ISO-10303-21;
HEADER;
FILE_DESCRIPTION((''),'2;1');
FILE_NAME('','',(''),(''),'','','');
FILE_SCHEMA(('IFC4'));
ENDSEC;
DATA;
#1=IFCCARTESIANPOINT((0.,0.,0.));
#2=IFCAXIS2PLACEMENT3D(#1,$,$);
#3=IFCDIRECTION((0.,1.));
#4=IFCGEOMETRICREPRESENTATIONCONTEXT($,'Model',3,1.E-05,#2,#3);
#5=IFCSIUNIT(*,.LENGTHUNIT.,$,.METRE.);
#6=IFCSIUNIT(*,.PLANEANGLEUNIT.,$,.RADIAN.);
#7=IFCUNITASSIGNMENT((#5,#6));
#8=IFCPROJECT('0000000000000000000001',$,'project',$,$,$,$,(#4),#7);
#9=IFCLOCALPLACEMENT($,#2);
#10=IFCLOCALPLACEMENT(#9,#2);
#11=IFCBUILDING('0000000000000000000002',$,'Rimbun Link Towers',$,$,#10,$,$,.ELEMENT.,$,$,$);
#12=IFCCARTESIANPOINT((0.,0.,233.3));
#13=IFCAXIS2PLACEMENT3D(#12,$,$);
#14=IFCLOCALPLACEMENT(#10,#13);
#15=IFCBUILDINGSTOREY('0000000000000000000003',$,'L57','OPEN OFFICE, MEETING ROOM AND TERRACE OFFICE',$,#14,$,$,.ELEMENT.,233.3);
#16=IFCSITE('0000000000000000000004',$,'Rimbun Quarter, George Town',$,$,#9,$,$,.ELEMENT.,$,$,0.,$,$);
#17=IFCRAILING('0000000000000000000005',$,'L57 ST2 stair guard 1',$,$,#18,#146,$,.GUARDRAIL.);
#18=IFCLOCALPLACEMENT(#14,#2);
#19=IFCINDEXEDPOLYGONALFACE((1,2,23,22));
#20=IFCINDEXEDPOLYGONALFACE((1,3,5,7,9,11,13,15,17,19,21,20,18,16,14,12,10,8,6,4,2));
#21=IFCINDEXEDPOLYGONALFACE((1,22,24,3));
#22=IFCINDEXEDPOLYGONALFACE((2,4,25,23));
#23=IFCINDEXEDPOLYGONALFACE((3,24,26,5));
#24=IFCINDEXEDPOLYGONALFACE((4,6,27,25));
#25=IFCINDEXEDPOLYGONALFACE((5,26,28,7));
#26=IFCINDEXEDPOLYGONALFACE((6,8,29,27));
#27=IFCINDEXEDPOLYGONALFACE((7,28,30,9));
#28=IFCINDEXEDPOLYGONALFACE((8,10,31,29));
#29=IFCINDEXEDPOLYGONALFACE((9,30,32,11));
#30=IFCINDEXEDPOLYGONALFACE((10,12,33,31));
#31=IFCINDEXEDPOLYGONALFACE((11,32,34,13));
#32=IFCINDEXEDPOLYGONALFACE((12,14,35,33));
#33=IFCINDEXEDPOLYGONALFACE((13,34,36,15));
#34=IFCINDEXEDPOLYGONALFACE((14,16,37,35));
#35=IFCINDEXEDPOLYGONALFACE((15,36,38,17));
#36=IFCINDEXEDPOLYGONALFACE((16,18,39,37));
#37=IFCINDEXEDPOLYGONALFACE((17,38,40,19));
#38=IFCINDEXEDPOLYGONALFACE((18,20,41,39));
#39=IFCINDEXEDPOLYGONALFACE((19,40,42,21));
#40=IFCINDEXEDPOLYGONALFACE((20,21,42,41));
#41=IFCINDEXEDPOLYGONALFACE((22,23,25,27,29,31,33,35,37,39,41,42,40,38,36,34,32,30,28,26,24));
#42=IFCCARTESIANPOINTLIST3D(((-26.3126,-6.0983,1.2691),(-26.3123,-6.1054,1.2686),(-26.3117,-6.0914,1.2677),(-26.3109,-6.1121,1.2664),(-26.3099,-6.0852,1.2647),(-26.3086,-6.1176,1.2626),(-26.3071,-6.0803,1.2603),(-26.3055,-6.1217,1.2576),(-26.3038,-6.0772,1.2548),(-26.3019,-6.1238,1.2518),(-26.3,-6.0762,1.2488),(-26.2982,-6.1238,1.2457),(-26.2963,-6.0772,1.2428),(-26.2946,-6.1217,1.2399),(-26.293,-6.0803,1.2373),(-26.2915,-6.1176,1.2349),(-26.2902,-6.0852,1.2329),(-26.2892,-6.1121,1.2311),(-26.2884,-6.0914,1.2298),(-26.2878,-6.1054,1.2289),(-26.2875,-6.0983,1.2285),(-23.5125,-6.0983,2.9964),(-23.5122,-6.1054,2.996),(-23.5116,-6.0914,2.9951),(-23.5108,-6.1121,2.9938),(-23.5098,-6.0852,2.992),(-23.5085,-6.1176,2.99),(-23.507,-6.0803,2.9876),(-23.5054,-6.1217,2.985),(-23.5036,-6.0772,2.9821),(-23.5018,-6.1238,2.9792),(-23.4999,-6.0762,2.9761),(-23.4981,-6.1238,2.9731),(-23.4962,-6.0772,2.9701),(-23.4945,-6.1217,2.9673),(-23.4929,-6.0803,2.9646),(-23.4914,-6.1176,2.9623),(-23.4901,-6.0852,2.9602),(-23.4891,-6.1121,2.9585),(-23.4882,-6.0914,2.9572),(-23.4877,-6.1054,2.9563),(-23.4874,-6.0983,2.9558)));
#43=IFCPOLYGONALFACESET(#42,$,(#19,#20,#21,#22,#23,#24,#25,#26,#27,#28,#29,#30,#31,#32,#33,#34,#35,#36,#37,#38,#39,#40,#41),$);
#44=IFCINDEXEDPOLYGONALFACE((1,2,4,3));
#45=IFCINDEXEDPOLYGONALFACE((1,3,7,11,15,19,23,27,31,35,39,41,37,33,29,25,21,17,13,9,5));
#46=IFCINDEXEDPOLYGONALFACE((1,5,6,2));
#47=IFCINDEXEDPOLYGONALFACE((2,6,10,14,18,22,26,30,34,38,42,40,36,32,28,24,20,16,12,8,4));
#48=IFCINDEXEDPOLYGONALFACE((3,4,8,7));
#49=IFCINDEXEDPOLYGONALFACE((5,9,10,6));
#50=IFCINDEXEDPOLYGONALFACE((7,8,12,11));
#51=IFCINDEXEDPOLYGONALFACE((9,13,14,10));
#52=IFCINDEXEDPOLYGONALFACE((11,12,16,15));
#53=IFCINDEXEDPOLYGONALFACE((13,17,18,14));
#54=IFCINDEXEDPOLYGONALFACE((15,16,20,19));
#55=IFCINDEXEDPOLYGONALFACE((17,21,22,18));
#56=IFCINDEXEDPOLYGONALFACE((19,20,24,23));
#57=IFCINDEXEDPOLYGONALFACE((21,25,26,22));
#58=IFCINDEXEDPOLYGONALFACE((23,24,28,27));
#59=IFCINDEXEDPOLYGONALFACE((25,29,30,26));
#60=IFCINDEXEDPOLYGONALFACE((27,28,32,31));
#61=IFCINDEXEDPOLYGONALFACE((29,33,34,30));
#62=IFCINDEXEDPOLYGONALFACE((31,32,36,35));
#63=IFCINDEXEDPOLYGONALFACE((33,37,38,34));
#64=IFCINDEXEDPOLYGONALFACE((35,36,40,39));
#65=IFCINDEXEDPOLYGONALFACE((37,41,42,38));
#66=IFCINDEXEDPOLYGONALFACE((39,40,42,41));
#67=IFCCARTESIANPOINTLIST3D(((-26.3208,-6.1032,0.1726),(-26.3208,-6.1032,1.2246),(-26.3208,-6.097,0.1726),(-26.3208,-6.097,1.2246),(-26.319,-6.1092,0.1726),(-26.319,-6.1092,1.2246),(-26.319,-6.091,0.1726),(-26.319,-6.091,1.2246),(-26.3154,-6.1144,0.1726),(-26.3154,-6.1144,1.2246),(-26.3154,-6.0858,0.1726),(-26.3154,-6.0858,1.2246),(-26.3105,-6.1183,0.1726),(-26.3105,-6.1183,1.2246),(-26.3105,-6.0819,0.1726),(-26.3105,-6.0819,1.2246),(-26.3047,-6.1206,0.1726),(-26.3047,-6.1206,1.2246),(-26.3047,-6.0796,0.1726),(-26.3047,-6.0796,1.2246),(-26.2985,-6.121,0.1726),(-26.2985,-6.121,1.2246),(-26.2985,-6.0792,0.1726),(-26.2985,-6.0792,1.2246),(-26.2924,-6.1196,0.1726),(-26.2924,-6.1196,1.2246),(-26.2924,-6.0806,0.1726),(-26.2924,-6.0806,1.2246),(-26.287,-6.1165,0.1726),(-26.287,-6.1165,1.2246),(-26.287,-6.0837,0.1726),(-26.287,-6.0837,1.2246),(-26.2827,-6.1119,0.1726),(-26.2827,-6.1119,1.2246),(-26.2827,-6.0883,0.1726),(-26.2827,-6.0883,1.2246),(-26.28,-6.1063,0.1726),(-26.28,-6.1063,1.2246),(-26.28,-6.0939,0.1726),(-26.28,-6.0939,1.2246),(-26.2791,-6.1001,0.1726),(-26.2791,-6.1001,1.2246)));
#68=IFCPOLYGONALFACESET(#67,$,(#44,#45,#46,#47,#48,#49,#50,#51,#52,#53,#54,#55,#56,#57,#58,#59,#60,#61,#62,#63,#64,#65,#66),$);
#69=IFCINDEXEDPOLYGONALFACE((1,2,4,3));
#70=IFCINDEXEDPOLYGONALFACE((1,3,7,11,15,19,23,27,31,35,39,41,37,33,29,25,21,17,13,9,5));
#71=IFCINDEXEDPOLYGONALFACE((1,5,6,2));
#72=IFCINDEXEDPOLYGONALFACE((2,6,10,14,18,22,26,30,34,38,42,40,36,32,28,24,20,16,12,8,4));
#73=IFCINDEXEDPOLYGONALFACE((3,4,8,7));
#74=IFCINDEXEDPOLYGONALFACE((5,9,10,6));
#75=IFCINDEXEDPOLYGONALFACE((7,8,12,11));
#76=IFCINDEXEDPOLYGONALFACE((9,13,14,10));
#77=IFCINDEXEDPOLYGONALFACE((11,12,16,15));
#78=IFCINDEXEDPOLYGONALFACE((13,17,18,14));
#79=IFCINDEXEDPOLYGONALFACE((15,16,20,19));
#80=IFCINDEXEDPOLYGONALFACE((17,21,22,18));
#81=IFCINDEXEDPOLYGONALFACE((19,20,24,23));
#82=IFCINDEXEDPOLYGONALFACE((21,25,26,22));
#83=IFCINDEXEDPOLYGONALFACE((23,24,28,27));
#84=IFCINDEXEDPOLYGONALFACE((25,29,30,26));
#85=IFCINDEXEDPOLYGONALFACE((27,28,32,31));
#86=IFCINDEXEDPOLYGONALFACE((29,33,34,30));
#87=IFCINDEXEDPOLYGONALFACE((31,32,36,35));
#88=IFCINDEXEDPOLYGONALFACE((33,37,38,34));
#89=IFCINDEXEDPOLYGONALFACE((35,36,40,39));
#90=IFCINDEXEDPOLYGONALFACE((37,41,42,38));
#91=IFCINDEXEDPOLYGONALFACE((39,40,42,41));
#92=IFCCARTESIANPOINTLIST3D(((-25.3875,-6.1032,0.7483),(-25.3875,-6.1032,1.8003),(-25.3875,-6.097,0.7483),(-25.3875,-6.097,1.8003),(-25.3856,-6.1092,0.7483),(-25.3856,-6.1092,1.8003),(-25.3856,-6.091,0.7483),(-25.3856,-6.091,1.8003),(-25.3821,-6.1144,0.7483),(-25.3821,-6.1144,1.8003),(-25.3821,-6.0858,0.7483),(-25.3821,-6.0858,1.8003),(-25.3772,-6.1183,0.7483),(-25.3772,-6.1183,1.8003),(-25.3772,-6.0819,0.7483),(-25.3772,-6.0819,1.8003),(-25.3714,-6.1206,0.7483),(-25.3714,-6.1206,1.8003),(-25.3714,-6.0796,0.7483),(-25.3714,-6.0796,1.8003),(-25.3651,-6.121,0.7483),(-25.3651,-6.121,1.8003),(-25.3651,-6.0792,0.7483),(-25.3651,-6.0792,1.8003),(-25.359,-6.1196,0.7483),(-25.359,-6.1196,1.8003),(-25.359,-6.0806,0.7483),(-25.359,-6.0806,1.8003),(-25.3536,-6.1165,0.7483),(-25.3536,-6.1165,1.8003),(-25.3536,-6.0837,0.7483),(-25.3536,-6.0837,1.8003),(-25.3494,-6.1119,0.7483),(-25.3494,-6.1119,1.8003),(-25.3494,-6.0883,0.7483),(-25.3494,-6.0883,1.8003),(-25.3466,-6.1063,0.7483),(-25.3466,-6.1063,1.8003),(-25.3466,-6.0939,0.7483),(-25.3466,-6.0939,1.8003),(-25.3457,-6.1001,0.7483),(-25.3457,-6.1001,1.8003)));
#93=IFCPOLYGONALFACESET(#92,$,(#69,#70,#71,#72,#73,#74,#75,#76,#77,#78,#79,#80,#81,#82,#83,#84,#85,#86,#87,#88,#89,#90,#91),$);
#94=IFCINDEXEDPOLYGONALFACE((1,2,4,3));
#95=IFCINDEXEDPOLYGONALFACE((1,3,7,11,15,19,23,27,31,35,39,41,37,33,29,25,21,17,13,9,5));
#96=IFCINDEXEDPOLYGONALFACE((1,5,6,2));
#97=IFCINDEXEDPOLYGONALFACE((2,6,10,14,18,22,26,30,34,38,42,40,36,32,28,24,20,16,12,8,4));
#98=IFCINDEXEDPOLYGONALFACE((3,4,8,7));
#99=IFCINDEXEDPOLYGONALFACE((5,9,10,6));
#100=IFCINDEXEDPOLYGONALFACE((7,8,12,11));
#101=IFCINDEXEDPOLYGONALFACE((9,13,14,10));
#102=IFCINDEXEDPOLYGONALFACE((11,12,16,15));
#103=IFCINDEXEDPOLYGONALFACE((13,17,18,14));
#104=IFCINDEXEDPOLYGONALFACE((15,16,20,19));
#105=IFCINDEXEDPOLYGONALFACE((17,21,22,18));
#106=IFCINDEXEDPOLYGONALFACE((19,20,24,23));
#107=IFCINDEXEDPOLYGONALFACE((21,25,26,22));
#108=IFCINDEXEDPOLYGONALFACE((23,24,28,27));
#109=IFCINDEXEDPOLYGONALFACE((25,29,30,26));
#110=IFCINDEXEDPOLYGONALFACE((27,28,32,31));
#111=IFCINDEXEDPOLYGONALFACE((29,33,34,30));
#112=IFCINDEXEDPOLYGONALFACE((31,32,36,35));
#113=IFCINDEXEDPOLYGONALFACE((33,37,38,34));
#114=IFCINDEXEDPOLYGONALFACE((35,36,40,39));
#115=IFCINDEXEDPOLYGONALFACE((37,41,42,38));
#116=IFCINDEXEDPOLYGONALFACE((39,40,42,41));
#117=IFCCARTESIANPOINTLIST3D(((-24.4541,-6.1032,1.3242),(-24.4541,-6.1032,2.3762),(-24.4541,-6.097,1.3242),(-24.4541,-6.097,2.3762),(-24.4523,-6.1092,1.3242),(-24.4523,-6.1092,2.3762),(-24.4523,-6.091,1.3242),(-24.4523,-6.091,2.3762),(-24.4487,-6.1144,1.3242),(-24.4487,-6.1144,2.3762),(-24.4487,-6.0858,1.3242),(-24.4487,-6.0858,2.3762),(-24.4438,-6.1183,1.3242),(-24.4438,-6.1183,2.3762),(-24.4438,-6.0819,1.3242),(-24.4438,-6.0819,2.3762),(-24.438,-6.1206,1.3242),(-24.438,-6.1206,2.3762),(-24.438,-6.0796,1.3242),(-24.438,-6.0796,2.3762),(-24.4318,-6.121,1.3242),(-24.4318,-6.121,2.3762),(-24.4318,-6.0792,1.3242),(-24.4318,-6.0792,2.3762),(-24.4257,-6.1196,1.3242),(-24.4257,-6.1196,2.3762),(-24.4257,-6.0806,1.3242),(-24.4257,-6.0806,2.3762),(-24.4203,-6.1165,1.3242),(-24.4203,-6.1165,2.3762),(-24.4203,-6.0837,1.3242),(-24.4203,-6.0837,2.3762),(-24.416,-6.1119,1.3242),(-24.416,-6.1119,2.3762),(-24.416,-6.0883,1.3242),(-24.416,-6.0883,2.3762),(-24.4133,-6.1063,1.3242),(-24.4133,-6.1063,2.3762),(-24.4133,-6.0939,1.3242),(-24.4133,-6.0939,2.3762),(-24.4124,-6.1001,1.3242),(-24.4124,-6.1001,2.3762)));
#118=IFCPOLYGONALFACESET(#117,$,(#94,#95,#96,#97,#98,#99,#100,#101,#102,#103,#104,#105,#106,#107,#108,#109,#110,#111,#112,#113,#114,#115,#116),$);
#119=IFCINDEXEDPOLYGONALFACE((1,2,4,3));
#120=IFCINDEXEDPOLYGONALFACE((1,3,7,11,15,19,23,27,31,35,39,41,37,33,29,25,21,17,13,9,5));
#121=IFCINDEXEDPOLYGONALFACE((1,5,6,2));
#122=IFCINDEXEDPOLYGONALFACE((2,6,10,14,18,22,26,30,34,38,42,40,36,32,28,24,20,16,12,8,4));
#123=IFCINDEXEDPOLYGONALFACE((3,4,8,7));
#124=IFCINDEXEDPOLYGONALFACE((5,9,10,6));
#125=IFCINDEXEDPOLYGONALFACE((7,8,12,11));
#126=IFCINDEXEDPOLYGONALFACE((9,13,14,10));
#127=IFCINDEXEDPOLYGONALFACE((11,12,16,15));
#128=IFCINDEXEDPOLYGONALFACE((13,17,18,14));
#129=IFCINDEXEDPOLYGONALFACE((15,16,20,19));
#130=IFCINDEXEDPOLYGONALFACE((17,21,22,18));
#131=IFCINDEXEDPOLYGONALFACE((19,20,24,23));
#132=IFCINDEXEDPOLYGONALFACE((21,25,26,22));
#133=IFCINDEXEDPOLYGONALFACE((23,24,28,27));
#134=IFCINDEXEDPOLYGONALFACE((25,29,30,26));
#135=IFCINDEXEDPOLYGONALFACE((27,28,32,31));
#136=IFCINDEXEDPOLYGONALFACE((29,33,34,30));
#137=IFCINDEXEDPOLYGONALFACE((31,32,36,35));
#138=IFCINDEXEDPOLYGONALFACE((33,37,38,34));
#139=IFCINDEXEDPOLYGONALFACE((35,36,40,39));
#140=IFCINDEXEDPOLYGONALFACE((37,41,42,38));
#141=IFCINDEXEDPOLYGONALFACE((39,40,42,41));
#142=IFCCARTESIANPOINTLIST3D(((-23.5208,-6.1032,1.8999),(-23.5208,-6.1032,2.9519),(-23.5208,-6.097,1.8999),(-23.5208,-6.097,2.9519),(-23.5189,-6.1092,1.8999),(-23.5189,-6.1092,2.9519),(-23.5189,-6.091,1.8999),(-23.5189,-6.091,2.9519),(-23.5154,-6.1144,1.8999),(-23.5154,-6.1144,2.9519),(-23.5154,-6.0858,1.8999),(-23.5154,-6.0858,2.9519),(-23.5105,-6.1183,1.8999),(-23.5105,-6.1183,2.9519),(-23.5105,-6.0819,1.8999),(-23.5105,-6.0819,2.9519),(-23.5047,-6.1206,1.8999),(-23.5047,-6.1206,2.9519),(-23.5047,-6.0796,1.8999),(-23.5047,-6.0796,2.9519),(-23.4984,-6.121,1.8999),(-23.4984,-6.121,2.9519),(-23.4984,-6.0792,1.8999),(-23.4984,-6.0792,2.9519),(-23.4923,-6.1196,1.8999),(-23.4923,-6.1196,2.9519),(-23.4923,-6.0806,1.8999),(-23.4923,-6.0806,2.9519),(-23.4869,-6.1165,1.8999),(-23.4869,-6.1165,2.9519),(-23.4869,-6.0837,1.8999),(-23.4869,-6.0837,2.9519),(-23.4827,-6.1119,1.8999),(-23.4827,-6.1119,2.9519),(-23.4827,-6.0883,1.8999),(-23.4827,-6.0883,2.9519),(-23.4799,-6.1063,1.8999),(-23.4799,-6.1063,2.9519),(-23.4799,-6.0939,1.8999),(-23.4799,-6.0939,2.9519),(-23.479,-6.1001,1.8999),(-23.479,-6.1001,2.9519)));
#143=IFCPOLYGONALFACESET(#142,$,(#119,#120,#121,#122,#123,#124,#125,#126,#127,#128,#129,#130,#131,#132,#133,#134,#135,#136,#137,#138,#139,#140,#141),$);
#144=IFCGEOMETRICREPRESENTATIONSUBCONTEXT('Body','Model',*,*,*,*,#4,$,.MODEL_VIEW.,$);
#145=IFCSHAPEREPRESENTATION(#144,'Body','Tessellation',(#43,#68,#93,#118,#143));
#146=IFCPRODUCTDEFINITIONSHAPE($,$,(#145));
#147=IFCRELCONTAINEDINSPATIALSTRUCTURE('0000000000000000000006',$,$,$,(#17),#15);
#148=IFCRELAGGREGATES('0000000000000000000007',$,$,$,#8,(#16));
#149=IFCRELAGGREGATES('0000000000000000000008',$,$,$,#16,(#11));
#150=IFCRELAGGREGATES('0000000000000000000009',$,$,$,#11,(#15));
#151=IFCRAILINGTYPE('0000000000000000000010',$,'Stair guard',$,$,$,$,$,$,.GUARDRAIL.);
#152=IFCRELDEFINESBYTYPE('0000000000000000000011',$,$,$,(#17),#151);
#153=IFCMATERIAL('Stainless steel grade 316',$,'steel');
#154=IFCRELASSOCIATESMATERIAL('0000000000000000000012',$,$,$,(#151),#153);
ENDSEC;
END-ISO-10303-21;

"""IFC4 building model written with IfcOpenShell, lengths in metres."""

from ifc_helpers import new_model, si_unit, direction, frame, origin, origin_2d, place, context, subcontext, project, spatial, circle, extrude, material, type_object, element, save


model = new_model("IFC4")

# Units and contexts
model_context = context("Model", 3, precision=1e-05, world=origin(), true_north=direction((0.0, 1.0)))
body_context = subcontext(model_context, "Body", "Model", "MODEL_VIEW")
ifc_project = project(units=[si_unit("LENGTHUNIT", "METRE"), si_unit("PLANEANGLEUNIT", "RADIAN")], contexts=[model_context])

# Site, building, storey
site_placement = place(None, origin())
site = spatial("IfcSite", under=ifc_project, at=site_placement, Name="Rimbun Quarter, George Town", CompositionType="ELEMENT", RefElevation=0.0)
building_placement = place(site_placement, origin())
building = spatial("IfcBuilding", under=site, at=building_placement, Name="Rimbun Link Towers", CompositionType="ELEMENT")
storey_placement = place(building_placement, frame((0.0, 0.0, 233.3)))
storey = spatial("IfcBuildingStorey", under=building, at=storey_placement, Name="L57", Description="OPEN OFFICE, MEETING ROOM AND TERRACE OFFICE", CompositionType="ELEMENT", Elevation=233.3)

# Railing
ifc_material_1 = material(Name="Stainless steel grade 316", Category="steel")
railing_type_1 = type_object("IfcRailingType", Name="Stair guard", PredefinedType="GUARDRAIL", material=ifc_material_1)
railing_1_placement = place(storey_placement, frame((-26.3, -6.1001, 0.1726)))
element("IfcRailing", 1, at=railing_1_placement, inside=storey, type_object=railing_type_1, Name="L57 ST2 stair guard 1", PredefinedType="GUARDRAIL", context=body_context, shape_type="SweptSolid", body=[
    extrude(circle(Radius=0.0239, at=origin_2d()), frame((0.0, 0.0, 1.0762), z_axis=(0.85109, 0.0, 0.52502), x_axis=(0.0, 1.0, 0.0)), (0.0, 0.0, 1.0), 3.29),
    extrude(circle(Radius=0.021, at=origin_2d()), origin(), (0.0, 0.0, 1.0), 1.052),
    extrude(circle(Radius=0.021, at=origin_2d()), frame((0.9333, 0.0, 0.5757)), (0.0, 0.0, 1.0), 1.052),
    extrude(circle(Radius=0.021, at=origin_2d()), frame((1.8667, 0.0, 1.1516)), (0.0, 0.0, 1.0), 1.052),
    extrude(circle(Radius=0.021, at=origin_2d()), frame((2.8, 0.0, 1.7273)), (0.0, 0.0, 1.0), 1.052),
])

save(model, "model.ifc")
